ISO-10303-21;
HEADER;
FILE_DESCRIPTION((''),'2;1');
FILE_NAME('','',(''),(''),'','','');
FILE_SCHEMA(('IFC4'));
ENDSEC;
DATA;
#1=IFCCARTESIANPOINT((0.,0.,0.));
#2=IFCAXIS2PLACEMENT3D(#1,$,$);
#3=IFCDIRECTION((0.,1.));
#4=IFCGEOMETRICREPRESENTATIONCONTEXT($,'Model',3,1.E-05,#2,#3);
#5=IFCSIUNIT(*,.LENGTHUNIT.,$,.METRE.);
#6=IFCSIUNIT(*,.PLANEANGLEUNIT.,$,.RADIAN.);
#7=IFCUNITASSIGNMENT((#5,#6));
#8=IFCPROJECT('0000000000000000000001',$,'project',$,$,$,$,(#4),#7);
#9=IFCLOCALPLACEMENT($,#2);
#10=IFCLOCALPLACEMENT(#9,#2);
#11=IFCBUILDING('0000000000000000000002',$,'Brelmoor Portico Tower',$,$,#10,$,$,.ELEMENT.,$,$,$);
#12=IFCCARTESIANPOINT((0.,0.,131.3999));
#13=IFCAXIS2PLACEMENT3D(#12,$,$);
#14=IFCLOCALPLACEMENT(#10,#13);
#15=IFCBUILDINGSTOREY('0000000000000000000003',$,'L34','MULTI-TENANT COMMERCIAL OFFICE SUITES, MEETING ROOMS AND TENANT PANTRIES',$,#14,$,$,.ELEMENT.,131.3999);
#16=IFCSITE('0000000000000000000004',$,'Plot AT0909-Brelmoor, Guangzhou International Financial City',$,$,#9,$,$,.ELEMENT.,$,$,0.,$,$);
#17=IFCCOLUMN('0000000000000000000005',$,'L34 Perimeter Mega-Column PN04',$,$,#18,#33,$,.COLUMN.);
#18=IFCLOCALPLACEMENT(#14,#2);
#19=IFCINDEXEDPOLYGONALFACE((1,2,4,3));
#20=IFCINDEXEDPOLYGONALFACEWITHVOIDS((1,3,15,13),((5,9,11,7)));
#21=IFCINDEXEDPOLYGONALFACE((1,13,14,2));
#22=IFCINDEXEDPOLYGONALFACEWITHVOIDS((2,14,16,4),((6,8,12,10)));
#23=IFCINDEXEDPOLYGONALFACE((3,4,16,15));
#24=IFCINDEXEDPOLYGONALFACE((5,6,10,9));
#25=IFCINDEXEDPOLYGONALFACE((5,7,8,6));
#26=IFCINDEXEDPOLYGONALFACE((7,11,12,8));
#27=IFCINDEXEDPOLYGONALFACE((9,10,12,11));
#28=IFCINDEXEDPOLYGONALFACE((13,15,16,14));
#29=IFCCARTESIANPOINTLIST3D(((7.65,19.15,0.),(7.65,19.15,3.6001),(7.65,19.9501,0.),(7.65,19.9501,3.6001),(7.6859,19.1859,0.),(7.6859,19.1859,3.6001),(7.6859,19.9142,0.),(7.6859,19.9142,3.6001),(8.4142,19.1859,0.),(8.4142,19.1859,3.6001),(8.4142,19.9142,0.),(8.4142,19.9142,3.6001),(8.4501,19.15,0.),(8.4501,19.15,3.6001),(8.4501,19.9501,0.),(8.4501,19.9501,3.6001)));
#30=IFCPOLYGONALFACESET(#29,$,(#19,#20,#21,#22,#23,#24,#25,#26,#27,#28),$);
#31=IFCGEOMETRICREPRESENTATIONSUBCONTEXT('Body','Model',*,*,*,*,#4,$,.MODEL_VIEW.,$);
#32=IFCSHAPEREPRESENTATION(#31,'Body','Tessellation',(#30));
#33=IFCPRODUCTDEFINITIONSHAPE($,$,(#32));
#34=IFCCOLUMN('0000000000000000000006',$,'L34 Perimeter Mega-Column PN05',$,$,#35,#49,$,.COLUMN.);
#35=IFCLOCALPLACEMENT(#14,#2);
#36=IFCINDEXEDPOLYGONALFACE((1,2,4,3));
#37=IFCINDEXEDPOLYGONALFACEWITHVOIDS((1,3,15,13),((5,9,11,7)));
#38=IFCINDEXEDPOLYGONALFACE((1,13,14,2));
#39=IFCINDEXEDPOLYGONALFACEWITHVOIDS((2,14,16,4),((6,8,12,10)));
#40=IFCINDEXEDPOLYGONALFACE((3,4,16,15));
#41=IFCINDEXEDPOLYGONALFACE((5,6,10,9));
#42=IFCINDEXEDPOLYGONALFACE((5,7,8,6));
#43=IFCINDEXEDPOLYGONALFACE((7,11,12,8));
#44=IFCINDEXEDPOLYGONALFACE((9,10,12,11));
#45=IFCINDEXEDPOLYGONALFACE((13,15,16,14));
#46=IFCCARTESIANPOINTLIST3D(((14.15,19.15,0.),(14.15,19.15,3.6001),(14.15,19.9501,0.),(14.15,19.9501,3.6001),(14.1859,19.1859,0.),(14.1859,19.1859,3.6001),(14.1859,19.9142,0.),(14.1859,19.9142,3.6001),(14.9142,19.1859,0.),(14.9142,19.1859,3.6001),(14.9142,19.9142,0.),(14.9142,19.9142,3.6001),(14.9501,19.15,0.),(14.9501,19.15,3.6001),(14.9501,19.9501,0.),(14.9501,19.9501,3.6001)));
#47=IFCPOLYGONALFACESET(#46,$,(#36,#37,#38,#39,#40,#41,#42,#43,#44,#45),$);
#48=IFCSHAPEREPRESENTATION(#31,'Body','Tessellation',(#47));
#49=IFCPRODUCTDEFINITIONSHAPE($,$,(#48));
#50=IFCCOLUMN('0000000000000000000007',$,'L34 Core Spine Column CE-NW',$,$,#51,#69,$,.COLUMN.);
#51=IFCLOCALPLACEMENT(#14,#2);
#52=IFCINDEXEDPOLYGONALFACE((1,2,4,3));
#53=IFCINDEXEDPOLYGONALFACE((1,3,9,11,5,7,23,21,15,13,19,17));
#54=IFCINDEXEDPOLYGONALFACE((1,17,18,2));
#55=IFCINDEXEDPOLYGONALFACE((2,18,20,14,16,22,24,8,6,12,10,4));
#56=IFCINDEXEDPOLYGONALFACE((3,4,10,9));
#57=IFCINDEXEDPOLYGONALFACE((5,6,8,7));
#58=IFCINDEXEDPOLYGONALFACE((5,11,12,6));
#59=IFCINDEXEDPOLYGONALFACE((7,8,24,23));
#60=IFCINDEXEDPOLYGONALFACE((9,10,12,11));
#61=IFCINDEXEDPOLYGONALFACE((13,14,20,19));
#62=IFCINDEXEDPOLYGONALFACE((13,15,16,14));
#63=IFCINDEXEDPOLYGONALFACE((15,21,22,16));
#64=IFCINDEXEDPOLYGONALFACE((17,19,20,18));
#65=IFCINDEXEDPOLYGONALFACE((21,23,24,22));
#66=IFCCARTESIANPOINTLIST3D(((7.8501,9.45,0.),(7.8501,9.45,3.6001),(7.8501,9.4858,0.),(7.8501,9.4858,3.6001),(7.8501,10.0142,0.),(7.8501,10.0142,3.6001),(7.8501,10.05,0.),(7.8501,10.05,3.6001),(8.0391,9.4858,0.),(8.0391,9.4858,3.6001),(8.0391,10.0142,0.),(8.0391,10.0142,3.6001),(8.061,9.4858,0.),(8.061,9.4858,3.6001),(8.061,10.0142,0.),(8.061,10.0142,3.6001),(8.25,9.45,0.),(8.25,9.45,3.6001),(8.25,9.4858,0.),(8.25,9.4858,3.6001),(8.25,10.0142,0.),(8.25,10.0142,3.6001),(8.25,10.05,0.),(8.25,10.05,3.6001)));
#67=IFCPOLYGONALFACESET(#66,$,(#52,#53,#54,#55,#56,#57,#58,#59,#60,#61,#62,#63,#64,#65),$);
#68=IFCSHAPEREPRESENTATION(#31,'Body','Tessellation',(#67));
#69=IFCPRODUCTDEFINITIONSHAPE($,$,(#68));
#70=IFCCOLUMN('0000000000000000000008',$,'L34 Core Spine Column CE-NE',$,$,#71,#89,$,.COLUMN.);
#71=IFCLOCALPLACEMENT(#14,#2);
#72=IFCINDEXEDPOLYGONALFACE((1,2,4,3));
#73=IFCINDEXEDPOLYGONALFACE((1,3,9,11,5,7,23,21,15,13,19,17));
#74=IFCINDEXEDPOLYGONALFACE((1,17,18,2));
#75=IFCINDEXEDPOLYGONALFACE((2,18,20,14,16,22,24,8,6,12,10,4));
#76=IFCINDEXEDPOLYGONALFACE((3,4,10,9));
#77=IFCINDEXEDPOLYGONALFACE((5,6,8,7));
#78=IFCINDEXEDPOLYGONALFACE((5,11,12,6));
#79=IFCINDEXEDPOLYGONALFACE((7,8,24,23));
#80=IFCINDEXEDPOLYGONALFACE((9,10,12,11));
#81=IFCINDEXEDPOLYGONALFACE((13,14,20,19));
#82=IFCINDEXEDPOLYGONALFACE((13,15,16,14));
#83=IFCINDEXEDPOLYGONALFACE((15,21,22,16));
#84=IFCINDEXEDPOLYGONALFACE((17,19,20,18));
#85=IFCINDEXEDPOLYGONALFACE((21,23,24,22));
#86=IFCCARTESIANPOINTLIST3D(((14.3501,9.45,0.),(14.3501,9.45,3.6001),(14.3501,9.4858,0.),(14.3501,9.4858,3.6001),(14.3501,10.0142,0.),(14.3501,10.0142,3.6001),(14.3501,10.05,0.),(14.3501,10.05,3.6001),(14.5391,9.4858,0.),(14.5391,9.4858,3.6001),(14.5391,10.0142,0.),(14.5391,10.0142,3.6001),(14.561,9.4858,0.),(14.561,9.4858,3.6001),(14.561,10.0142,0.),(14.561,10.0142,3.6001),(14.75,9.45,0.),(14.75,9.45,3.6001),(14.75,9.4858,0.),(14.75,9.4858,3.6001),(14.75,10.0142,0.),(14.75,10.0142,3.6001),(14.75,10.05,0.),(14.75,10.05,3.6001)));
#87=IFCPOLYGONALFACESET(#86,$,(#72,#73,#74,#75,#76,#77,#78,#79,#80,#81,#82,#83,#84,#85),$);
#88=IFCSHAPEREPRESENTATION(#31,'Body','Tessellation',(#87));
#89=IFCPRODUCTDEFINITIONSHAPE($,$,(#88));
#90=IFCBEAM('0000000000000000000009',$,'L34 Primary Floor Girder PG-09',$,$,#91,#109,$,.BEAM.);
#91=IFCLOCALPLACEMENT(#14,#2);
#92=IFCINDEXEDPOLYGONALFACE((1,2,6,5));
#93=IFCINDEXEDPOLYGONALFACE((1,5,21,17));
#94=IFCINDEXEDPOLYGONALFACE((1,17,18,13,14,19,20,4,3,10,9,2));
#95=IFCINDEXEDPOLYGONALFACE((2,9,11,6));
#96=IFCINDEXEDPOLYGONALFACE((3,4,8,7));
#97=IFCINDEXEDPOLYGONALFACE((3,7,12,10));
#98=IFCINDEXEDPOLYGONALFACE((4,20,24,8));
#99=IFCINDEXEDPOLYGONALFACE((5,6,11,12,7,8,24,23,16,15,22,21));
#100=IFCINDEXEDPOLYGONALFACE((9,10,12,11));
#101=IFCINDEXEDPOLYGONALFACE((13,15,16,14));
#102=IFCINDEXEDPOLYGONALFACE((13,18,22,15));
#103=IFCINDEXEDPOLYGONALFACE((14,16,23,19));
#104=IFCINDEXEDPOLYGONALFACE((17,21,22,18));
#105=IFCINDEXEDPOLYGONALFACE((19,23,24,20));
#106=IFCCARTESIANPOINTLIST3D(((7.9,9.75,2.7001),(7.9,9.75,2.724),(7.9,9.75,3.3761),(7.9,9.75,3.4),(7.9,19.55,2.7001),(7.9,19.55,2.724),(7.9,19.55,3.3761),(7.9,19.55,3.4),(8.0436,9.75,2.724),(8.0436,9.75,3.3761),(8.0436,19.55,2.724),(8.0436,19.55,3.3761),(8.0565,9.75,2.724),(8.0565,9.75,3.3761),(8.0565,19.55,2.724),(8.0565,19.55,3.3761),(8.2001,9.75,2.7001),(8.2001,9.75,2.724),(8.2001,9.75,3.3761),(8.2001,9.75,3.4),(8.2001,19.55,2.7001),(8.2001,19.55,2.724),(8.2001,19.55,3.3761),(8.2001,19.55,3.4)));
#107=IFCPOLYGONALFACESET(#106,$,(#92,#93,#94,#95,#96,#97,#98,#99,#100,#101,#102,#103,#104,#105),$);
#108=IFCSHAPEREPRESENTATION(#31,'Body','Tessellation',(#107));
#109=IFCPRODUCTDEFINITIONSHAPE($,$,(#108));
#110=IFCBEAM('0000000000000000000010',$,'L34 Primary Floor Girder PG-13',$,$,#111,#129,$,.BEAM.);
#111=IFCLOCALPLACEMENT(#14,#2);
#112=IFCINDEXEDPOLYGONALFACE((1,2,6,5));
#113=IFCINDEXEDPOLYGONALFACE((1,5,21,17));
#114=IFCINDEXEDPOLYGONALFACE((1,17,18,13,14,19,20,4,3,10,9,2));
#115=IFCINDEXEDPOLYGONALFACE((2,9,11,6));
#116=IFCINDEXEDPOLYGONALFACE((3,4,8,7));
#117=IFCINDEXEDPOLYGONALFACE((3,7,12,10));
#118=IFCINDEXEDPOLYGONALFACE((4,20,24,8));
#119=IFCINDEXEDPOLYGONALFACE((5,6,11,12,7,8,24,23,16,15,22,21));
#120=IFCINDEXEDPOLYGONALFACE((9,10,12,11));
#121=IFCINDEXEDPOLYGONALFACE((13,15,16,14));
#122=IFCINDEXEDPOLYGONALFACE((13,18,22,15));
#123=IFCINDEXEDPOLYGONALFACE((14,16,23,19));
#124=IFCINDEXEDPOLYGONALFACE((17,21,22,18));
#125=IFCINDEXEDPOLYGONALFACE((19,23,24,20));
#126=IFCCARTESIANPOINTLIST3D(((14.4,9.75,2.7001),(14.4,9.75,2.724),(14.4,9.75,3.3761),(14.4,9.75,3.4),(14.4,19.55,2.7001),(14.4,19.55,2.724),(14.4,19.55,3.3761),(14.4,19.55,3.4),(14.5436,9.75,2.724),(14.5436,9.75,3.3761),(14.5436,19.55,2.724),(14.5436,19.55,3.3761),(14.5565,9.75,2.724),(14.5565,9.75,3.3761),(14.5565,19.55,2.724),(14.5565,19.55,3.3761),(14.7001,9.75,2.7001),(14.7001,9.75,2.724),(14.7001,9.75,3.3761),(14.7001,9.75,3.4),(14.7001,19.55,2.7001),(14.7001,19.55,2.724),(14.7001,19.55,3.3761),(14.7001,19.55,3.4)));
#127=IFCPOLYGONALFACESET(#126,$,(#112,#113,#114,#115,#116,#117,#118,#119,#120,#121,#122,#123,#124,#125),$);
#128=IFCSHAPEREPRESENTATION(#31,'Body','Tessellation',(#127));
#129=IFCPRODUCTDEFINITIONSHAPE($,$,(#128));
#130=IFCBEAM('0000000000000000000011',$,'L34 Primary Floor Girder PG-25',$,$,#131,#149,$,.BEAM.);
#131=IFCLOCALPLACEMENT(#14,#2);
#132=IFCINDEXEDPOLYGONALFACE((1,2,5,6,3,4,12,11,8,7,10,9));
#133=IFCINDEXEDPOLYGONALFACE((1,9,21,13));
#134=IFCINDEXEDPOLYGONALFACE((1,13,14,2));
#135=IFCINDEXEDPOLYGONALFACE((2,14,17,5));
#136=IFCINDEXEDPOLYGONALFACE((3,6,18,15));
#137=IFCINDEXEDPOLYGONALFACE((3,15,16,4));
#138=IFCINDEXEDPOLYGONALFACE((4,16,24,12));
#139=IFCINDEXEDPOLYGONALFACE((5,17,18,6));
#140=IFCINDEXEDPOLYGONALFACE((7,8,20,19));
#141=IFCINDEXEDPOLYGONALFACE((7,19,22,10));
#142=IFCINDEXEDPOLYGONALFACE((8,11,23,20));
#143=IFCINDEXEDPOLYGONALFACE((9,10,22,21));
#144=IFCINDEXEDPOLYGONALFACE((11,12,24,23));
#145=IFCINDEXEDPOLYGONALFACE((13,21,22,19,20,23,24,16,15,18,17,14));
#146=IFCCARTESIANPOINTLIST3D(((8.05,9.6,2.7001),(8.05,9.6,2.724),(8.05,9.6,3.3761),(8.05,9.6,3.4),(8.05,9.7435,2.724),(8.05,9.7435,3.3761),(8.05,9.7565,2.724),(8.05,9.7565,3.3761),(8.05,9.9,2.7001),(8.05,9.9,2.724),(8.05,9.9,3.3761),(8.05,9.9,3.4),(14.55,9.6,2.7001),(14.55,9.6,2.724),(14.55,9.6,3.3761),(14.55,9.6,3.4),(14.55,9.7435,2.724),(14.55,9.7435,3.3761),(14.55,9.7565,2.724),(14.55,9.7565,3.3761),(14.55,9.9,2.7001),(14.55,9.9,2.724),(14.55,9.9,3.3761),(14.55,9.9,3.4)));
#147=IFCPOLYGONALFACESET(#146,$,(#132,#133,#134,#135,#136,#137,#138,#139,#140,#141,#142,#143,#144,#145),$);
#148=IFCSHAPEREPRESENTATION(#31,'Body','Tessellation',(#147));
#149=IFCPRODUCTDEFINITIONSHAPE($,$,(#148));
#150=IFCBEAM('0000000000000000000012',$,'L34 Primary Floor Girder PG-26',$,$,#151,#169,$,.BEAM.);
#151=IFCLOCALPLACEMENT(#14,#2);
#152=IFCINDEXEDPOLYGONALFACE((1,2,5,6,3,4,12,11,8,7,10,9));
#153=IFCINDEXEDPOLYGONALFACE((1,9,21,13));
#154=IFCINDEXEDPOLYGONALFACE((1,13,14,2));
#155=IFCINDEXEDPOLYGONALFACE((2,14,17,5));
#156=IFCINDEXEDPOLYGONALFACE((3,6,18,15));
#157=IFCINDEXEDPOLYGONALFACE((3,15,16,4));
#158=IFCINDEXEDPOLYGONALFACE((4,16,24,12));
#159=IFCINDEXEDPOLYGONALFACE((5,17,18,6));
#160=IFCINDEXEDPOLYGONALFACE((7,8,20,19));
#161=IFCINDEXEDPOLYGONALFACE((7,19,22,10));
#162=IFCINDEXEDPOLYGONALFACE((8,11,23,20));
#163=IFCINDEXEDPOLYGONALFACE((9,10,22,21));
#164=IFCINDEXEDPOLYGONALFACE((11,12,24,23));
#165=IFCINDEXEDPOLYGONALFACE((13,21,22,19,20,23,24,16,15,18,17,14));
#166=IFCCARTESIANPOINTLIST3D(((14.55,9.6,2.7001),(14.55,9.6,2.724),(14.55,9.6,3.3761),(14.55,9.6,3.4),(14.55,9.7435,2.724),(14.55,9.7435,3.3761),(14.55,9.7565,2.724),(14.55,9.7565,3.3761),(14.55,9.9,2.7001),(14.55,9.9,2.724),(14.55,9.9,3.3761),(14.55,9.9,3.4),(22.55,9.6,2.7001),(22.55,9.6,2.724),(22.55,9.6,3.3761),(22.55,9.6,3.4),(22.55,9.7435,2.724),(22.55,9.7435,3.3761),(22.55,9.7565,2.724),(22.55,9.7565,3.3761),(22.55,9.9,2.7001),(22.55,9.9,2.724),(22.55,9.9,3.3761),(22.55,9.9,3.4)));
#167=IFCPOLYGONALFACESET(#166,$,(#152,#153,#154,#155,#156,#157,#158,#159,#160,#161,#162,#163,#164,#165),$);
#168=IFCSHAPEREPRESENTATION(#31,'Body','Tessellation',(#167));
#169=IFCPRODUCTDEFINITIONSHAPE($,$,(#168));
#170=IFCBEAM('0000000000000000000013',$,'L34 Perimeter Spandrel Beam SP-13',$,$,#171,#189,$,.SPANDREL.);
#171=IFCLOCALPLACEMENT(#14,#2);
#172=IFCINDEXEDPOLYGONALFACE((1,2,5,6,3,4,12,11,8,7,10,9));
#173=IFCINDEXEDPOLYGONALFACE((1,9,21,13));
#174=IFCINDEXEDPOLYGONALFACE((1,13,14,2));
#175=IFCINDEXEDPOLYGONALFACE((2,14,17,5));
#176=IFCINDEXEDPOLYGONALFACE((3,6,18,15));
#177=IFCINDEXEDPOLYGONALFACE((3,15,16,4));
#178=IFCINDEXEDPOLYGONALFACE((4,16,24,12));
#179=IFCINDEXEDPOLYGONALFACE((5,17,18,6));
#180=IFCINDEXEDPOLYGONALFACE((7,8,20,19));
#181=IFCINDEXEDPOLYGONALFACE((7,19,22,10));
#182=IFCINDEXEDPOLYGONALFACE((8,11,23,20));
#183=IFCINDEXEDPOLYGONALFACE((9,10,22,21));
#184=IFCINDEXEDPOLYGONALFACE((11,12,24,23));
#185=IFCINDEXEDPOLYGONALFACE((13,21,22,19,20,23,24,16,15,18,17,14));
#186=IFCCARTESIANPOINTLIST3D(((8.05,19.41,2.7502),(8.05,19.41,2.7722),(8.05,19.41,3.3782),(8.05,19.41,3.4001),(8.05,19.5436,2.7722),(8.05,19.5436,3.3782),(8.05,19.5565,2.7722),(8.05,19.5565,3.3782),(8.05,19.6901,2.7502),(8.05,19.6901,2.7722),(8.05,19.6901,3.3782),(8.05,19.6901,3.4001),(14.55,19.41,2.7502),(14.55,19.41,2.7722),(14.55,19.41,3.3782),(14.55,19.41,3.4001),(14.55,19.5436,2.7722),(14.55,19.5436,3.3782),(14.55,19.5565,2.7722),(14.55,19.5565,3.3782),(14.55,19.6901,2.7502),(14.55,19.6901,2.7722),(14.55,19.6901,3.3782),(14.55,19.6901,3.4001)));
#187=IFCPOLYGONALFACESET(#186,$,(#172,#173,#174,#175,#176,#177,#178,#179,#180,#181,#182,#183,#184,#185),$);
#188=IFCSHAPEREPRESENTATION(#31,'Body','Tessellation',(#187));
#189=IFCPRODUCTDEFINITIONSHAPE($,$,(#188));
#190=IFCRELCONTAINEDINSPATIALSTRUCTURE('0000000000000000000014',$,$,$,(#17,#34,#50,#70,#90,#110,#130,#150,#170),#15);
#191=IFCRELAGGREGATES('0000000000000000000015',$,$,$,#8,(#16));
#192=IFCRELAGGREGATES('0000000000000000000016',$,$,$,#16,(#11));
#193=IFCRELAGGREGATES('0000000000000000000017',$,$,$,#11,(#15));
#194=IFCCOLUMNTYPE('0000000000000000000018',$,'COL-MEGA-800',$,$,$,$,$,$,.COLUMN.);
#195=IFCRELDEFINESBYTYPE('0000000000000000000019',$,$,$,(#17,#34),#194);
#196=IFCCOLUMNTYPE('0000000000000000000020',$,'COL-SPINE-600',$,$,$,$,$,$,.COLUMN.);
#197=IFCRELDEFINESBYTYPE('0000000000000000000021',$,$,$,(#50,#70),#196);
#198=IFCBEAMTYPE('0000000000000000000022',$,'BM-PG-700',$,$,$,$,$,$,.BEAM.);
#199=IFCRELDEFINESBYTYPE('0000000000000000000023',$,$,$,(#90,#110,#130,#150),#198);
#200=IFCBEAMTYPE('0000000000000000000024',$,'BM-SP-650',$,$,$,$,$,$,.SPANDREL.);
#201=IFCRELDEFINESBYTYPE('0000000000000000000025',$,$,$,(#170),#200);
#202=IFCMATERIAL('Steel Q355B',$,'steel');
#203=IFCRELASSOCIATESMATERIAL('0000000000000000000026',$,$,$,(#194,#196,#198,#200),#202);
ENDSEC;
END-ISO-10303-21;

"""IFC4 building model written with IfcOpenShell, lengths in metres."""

from ifc_helpers import new_model, si_unit, direction, frame, origin, origin_2d, place, context, subcontext, project, spatial, hollow_rectangle, i_section, extrude, material, material_profile, profile_set, type_object, element, save


model = new_model("IFC4")

# Units and contexts
model_context = context("Model", 3, precision=1e-05, world=origin(), true_north=direction((0.0, 1.0)))
body_context = subcontext(model_context, "Body", "Model", "MODEL_VIEW")
ifc_project = project(units=[si_unit("LENGTHUNIT", "METRE"), si_unit("PLANEANGLEUNIT", "RADIAN")], contexts=[model_context])

# Site, building, storey
site_placement = place(None, origin())
site = spatial("IfcSite", under=ifc_project, at=site_placement, Name="Plot AT0909-Brelmoor, Guangzhou International Financial City", CompositionType="ELEMENT", RefElevation=0.0)
building_placement = place(site_placement, origin())
building = spatial("IfcBuilding", under=site, at=building_placement, Name="Brelmoor Portico Tower", CompositionType="ELEMENT")
storey_placement = place(building_placement, frame((0.0, 0.0, 131.3999)))
storey = spatial("IfcBuildingStorey", under=building, at=storey_placement, Name="L34", Description="MULTI-TENANT COMMERCIAL OFFICE SUITES, MEETING ROOMS AND TENANT PANTRIES", CompositionType="ELEMENT", Elevation=131.3999)

# Columns
ifc_material_1 = material(Name="Steel Q355B", Category="steel")
ifc_material_profile_1 = material_profile(ifc_material_1, hollow_rectangle(XDim=0.8, YDim=0.8, WallThickness=0.0359, at=origin_2d()), Name="BOX 800x800x36")
ifc_profile_set_1 = profile_set([ifc_material_profile_1], Name="Steel Q355B")
column_type_1 = type_object("IfcColumnType", Name="COL-MEGA-800", PredefinedType="COLUMN", material=ifc_profile_set_1)
for number, where, z_axis, x_axis, name in (
    (1, (8.05, 19.55, 0.0), (0.0, 0.0, 1.0), (1.0, 0.0, 0.0), "L34 Perimeter Mega-Column PN04"),
    (2, (14.55, 19.55, 0.0), (0.0, 0.0, 1.0), (1.0, 0.0, 0.0), "L34 Perimeter Mega-Column PN05"),
):
    element("IfcColumn", number, at=place(storey_placement, frame(where, z_axis=z_axis, x_axis=x_axis)), inside=storey, type_object=column_type_1, Name=name, PredefinedType="COLUMN", context=body_context, shape_type="SweptSolid", body=[
        extrude(hollow_rectangle(XDim=0.8, YDim=0.8, WallThickness=0.0359, at=origin_2d()), origin(), (0.0, 0.0, 1.0), 3.6001),
    ])
ifc_material_profile_2 = material_profile(ifc_material_1, i_section(OverallWidth=0.3999, OverallDepth=0.6001, WebThickness=0.022, FlangeThickness=0.0359, at=origin_2d()), Name="HW 600x400x22x36")
ifc_profile_set_2 = profile_set([ifc_material_profile_2], Name="Steel Q355B")
column_type_2 = type_object("IfcColumnType", Name="COL-SPINE-600", PredefinedType="COLUMN", material=ifc_profile_set_2)
for number, where, z_axis, x_axis, name in (
    (3, (8.05, 9.75, 0.0), (0.0, 0.0, 1.0), (1.0, 0.0, 0.0), "L34 Core Spine Column CE-NW"),
    (4, (14.55, 9.75, 0.0), (0.0, 0.0, 1.0), (1.0, 0.0, 0.0), "L34 Core Spine Column CE-NE"),
):
    element("IfcColumn", number, at=place(storey_placement, frame(where, z_axis=z_axis, x_axis=x_axis)), inside=storey, type_object=column_type_2, Name=name, PredefinedType="COLUMN", context=body_context, shape_type="SweptSolid", body=[
        extrude(i_section(OverallWidth=0.3999, OverallDepth=0.6001, WebThickness=0.022, FlangeThickness=0.0359, at=origin_2d()), origin(), (0.0, 0.0, 1.0), 3.6001),
    ])

# Beams
ifc_material_profile_3 = material_profile(ifc_material_1, i_section(OverallWidth=0.3, OverallDepth=0.7, WebThickness=0.0129, FlangeThickness=0.0239, at=origin_2d()), Name="HN 700x300x13x24")
ifc_profile_set_3 = profile_set([ifc_material_profile_3], Name="Steel Q355B")
beam_type_1 = type_object("IfcBeamType", Name="BM-PG-700", PredefinedType="BEAM", material=ifc_profile_set_3)
for number, where, z_axis, x_axis, name in (
    (5, (8.05, 9.75, 3.05), (0.0, 1.0, 0.0), (-1.0, 0.0, 0.0), "L34 Primary Floor Girder PG-09"),
    (6, (14.55, 9.75, 3.05), (0.0, 1.0, 0.0), (-1.0, 0.0, 0.0), "L34 Primary Floor Girder PG-13"),
):
    element("IfcBeam", number, at=place(storey_placement, frame(where, z_axis=z_axis, x_axis=x_axis)), inside=storey, type_object=beam_type_1, Name=name, PredefinedType="BEAM", context=body_context, shape_type="SweptSolid", body=[
        extrude(i_section(OverallWidth=0.3, OverallDepth=0.7, WebThickness=0.0129, FlangeThickness=0.0239, at=origin_2d()), origin(), (0.0, 0.0, 1.0), 9.8),
    ])
beam_1_placement = place(storey_placement, frame((8.05, 9.75, 3.05), z_axis=(1.0, 0.0, 0.0), x_axis=(0.0, 1.0, 0.0)))
element("IfcBeam", 7, at=beam_1_placement, inside=storey, type_object=beam_type_1, Name="L34 Primary Floor Girder PG-25", PredefinedType="BEAM", context=body_context, shape_type="SweptSolid", body=[
    extrude(i_section(OverallWidth=0.3, OverallDepth=0.7, WebThickness=0.0129, FlangeThickness=0.0239, at=origin_2d()), origin(), (0.0, 0.0, 1.0), 6.5),
])
beam_2_placement = place(storey_placement, frame((14.55, 9.75, 3.05), z_axis=(1.0, 0.0, 0.0), x_axis=(0.0, 1.0, 0.0)))
element("IfcBeam", 8, at=beam_2_placement, inside=storey, type_object=beam_type_1, Name="L34 Primary Floor Girder PG-26", PredefinedType="BEAM", context=body_context, shape_type="SweptSolid", body=[
    extrude(i_section(OverallWidth=0.3, OverallDepth=0.7, WebThickness=0.0129, FlangeThickness=0.0239, at=origin_2d()), origin(), (0.0, 0.0, 1.0), 8.0),
])
ifc_material_profile_4 = material_profile(ifc_material_1, i_section(OverallWidth=0.28, OverallDepth=0.6499, WebThickness=0.0129, FlangeThickness=0.022, at=origin_2d()), Name="HN 650x280x13x22")
ifc_profile_set_4 = profile_set([ifc_material_profile_4], Name="Steel Q355B")
beam_type_2 = type_object("IfcBeamType", Name="BM-SP-650", PredefinedType="SPANDREL", material=ifc_profile_set_4)
beam_3_placement = place(storey_placement, frame((8.05, 19.55, 3.0752), z_axis=(1.0, 0.0, 0.0), x_axis=(0.0, 1.0, 0.0)))
element("IfcBeam", 9, at=beam_3_placement, inside=storey, type_object=beam_type_2, Name="L34 Perimeter Spandrel Beam SP-13", PredefinedType="SPANDREL", context=body_context, shape_type="SweptSolid", body=[
    extrude(i_section(OverallWidth=0.28, OverallDepth=0.6499, WebThickness=0.0129, FlangeThickness=0.022, at=origin_2d()), origin(), (0.0, 0.0, 1.0), 6.5),
])

save(model, "model.ifc")
